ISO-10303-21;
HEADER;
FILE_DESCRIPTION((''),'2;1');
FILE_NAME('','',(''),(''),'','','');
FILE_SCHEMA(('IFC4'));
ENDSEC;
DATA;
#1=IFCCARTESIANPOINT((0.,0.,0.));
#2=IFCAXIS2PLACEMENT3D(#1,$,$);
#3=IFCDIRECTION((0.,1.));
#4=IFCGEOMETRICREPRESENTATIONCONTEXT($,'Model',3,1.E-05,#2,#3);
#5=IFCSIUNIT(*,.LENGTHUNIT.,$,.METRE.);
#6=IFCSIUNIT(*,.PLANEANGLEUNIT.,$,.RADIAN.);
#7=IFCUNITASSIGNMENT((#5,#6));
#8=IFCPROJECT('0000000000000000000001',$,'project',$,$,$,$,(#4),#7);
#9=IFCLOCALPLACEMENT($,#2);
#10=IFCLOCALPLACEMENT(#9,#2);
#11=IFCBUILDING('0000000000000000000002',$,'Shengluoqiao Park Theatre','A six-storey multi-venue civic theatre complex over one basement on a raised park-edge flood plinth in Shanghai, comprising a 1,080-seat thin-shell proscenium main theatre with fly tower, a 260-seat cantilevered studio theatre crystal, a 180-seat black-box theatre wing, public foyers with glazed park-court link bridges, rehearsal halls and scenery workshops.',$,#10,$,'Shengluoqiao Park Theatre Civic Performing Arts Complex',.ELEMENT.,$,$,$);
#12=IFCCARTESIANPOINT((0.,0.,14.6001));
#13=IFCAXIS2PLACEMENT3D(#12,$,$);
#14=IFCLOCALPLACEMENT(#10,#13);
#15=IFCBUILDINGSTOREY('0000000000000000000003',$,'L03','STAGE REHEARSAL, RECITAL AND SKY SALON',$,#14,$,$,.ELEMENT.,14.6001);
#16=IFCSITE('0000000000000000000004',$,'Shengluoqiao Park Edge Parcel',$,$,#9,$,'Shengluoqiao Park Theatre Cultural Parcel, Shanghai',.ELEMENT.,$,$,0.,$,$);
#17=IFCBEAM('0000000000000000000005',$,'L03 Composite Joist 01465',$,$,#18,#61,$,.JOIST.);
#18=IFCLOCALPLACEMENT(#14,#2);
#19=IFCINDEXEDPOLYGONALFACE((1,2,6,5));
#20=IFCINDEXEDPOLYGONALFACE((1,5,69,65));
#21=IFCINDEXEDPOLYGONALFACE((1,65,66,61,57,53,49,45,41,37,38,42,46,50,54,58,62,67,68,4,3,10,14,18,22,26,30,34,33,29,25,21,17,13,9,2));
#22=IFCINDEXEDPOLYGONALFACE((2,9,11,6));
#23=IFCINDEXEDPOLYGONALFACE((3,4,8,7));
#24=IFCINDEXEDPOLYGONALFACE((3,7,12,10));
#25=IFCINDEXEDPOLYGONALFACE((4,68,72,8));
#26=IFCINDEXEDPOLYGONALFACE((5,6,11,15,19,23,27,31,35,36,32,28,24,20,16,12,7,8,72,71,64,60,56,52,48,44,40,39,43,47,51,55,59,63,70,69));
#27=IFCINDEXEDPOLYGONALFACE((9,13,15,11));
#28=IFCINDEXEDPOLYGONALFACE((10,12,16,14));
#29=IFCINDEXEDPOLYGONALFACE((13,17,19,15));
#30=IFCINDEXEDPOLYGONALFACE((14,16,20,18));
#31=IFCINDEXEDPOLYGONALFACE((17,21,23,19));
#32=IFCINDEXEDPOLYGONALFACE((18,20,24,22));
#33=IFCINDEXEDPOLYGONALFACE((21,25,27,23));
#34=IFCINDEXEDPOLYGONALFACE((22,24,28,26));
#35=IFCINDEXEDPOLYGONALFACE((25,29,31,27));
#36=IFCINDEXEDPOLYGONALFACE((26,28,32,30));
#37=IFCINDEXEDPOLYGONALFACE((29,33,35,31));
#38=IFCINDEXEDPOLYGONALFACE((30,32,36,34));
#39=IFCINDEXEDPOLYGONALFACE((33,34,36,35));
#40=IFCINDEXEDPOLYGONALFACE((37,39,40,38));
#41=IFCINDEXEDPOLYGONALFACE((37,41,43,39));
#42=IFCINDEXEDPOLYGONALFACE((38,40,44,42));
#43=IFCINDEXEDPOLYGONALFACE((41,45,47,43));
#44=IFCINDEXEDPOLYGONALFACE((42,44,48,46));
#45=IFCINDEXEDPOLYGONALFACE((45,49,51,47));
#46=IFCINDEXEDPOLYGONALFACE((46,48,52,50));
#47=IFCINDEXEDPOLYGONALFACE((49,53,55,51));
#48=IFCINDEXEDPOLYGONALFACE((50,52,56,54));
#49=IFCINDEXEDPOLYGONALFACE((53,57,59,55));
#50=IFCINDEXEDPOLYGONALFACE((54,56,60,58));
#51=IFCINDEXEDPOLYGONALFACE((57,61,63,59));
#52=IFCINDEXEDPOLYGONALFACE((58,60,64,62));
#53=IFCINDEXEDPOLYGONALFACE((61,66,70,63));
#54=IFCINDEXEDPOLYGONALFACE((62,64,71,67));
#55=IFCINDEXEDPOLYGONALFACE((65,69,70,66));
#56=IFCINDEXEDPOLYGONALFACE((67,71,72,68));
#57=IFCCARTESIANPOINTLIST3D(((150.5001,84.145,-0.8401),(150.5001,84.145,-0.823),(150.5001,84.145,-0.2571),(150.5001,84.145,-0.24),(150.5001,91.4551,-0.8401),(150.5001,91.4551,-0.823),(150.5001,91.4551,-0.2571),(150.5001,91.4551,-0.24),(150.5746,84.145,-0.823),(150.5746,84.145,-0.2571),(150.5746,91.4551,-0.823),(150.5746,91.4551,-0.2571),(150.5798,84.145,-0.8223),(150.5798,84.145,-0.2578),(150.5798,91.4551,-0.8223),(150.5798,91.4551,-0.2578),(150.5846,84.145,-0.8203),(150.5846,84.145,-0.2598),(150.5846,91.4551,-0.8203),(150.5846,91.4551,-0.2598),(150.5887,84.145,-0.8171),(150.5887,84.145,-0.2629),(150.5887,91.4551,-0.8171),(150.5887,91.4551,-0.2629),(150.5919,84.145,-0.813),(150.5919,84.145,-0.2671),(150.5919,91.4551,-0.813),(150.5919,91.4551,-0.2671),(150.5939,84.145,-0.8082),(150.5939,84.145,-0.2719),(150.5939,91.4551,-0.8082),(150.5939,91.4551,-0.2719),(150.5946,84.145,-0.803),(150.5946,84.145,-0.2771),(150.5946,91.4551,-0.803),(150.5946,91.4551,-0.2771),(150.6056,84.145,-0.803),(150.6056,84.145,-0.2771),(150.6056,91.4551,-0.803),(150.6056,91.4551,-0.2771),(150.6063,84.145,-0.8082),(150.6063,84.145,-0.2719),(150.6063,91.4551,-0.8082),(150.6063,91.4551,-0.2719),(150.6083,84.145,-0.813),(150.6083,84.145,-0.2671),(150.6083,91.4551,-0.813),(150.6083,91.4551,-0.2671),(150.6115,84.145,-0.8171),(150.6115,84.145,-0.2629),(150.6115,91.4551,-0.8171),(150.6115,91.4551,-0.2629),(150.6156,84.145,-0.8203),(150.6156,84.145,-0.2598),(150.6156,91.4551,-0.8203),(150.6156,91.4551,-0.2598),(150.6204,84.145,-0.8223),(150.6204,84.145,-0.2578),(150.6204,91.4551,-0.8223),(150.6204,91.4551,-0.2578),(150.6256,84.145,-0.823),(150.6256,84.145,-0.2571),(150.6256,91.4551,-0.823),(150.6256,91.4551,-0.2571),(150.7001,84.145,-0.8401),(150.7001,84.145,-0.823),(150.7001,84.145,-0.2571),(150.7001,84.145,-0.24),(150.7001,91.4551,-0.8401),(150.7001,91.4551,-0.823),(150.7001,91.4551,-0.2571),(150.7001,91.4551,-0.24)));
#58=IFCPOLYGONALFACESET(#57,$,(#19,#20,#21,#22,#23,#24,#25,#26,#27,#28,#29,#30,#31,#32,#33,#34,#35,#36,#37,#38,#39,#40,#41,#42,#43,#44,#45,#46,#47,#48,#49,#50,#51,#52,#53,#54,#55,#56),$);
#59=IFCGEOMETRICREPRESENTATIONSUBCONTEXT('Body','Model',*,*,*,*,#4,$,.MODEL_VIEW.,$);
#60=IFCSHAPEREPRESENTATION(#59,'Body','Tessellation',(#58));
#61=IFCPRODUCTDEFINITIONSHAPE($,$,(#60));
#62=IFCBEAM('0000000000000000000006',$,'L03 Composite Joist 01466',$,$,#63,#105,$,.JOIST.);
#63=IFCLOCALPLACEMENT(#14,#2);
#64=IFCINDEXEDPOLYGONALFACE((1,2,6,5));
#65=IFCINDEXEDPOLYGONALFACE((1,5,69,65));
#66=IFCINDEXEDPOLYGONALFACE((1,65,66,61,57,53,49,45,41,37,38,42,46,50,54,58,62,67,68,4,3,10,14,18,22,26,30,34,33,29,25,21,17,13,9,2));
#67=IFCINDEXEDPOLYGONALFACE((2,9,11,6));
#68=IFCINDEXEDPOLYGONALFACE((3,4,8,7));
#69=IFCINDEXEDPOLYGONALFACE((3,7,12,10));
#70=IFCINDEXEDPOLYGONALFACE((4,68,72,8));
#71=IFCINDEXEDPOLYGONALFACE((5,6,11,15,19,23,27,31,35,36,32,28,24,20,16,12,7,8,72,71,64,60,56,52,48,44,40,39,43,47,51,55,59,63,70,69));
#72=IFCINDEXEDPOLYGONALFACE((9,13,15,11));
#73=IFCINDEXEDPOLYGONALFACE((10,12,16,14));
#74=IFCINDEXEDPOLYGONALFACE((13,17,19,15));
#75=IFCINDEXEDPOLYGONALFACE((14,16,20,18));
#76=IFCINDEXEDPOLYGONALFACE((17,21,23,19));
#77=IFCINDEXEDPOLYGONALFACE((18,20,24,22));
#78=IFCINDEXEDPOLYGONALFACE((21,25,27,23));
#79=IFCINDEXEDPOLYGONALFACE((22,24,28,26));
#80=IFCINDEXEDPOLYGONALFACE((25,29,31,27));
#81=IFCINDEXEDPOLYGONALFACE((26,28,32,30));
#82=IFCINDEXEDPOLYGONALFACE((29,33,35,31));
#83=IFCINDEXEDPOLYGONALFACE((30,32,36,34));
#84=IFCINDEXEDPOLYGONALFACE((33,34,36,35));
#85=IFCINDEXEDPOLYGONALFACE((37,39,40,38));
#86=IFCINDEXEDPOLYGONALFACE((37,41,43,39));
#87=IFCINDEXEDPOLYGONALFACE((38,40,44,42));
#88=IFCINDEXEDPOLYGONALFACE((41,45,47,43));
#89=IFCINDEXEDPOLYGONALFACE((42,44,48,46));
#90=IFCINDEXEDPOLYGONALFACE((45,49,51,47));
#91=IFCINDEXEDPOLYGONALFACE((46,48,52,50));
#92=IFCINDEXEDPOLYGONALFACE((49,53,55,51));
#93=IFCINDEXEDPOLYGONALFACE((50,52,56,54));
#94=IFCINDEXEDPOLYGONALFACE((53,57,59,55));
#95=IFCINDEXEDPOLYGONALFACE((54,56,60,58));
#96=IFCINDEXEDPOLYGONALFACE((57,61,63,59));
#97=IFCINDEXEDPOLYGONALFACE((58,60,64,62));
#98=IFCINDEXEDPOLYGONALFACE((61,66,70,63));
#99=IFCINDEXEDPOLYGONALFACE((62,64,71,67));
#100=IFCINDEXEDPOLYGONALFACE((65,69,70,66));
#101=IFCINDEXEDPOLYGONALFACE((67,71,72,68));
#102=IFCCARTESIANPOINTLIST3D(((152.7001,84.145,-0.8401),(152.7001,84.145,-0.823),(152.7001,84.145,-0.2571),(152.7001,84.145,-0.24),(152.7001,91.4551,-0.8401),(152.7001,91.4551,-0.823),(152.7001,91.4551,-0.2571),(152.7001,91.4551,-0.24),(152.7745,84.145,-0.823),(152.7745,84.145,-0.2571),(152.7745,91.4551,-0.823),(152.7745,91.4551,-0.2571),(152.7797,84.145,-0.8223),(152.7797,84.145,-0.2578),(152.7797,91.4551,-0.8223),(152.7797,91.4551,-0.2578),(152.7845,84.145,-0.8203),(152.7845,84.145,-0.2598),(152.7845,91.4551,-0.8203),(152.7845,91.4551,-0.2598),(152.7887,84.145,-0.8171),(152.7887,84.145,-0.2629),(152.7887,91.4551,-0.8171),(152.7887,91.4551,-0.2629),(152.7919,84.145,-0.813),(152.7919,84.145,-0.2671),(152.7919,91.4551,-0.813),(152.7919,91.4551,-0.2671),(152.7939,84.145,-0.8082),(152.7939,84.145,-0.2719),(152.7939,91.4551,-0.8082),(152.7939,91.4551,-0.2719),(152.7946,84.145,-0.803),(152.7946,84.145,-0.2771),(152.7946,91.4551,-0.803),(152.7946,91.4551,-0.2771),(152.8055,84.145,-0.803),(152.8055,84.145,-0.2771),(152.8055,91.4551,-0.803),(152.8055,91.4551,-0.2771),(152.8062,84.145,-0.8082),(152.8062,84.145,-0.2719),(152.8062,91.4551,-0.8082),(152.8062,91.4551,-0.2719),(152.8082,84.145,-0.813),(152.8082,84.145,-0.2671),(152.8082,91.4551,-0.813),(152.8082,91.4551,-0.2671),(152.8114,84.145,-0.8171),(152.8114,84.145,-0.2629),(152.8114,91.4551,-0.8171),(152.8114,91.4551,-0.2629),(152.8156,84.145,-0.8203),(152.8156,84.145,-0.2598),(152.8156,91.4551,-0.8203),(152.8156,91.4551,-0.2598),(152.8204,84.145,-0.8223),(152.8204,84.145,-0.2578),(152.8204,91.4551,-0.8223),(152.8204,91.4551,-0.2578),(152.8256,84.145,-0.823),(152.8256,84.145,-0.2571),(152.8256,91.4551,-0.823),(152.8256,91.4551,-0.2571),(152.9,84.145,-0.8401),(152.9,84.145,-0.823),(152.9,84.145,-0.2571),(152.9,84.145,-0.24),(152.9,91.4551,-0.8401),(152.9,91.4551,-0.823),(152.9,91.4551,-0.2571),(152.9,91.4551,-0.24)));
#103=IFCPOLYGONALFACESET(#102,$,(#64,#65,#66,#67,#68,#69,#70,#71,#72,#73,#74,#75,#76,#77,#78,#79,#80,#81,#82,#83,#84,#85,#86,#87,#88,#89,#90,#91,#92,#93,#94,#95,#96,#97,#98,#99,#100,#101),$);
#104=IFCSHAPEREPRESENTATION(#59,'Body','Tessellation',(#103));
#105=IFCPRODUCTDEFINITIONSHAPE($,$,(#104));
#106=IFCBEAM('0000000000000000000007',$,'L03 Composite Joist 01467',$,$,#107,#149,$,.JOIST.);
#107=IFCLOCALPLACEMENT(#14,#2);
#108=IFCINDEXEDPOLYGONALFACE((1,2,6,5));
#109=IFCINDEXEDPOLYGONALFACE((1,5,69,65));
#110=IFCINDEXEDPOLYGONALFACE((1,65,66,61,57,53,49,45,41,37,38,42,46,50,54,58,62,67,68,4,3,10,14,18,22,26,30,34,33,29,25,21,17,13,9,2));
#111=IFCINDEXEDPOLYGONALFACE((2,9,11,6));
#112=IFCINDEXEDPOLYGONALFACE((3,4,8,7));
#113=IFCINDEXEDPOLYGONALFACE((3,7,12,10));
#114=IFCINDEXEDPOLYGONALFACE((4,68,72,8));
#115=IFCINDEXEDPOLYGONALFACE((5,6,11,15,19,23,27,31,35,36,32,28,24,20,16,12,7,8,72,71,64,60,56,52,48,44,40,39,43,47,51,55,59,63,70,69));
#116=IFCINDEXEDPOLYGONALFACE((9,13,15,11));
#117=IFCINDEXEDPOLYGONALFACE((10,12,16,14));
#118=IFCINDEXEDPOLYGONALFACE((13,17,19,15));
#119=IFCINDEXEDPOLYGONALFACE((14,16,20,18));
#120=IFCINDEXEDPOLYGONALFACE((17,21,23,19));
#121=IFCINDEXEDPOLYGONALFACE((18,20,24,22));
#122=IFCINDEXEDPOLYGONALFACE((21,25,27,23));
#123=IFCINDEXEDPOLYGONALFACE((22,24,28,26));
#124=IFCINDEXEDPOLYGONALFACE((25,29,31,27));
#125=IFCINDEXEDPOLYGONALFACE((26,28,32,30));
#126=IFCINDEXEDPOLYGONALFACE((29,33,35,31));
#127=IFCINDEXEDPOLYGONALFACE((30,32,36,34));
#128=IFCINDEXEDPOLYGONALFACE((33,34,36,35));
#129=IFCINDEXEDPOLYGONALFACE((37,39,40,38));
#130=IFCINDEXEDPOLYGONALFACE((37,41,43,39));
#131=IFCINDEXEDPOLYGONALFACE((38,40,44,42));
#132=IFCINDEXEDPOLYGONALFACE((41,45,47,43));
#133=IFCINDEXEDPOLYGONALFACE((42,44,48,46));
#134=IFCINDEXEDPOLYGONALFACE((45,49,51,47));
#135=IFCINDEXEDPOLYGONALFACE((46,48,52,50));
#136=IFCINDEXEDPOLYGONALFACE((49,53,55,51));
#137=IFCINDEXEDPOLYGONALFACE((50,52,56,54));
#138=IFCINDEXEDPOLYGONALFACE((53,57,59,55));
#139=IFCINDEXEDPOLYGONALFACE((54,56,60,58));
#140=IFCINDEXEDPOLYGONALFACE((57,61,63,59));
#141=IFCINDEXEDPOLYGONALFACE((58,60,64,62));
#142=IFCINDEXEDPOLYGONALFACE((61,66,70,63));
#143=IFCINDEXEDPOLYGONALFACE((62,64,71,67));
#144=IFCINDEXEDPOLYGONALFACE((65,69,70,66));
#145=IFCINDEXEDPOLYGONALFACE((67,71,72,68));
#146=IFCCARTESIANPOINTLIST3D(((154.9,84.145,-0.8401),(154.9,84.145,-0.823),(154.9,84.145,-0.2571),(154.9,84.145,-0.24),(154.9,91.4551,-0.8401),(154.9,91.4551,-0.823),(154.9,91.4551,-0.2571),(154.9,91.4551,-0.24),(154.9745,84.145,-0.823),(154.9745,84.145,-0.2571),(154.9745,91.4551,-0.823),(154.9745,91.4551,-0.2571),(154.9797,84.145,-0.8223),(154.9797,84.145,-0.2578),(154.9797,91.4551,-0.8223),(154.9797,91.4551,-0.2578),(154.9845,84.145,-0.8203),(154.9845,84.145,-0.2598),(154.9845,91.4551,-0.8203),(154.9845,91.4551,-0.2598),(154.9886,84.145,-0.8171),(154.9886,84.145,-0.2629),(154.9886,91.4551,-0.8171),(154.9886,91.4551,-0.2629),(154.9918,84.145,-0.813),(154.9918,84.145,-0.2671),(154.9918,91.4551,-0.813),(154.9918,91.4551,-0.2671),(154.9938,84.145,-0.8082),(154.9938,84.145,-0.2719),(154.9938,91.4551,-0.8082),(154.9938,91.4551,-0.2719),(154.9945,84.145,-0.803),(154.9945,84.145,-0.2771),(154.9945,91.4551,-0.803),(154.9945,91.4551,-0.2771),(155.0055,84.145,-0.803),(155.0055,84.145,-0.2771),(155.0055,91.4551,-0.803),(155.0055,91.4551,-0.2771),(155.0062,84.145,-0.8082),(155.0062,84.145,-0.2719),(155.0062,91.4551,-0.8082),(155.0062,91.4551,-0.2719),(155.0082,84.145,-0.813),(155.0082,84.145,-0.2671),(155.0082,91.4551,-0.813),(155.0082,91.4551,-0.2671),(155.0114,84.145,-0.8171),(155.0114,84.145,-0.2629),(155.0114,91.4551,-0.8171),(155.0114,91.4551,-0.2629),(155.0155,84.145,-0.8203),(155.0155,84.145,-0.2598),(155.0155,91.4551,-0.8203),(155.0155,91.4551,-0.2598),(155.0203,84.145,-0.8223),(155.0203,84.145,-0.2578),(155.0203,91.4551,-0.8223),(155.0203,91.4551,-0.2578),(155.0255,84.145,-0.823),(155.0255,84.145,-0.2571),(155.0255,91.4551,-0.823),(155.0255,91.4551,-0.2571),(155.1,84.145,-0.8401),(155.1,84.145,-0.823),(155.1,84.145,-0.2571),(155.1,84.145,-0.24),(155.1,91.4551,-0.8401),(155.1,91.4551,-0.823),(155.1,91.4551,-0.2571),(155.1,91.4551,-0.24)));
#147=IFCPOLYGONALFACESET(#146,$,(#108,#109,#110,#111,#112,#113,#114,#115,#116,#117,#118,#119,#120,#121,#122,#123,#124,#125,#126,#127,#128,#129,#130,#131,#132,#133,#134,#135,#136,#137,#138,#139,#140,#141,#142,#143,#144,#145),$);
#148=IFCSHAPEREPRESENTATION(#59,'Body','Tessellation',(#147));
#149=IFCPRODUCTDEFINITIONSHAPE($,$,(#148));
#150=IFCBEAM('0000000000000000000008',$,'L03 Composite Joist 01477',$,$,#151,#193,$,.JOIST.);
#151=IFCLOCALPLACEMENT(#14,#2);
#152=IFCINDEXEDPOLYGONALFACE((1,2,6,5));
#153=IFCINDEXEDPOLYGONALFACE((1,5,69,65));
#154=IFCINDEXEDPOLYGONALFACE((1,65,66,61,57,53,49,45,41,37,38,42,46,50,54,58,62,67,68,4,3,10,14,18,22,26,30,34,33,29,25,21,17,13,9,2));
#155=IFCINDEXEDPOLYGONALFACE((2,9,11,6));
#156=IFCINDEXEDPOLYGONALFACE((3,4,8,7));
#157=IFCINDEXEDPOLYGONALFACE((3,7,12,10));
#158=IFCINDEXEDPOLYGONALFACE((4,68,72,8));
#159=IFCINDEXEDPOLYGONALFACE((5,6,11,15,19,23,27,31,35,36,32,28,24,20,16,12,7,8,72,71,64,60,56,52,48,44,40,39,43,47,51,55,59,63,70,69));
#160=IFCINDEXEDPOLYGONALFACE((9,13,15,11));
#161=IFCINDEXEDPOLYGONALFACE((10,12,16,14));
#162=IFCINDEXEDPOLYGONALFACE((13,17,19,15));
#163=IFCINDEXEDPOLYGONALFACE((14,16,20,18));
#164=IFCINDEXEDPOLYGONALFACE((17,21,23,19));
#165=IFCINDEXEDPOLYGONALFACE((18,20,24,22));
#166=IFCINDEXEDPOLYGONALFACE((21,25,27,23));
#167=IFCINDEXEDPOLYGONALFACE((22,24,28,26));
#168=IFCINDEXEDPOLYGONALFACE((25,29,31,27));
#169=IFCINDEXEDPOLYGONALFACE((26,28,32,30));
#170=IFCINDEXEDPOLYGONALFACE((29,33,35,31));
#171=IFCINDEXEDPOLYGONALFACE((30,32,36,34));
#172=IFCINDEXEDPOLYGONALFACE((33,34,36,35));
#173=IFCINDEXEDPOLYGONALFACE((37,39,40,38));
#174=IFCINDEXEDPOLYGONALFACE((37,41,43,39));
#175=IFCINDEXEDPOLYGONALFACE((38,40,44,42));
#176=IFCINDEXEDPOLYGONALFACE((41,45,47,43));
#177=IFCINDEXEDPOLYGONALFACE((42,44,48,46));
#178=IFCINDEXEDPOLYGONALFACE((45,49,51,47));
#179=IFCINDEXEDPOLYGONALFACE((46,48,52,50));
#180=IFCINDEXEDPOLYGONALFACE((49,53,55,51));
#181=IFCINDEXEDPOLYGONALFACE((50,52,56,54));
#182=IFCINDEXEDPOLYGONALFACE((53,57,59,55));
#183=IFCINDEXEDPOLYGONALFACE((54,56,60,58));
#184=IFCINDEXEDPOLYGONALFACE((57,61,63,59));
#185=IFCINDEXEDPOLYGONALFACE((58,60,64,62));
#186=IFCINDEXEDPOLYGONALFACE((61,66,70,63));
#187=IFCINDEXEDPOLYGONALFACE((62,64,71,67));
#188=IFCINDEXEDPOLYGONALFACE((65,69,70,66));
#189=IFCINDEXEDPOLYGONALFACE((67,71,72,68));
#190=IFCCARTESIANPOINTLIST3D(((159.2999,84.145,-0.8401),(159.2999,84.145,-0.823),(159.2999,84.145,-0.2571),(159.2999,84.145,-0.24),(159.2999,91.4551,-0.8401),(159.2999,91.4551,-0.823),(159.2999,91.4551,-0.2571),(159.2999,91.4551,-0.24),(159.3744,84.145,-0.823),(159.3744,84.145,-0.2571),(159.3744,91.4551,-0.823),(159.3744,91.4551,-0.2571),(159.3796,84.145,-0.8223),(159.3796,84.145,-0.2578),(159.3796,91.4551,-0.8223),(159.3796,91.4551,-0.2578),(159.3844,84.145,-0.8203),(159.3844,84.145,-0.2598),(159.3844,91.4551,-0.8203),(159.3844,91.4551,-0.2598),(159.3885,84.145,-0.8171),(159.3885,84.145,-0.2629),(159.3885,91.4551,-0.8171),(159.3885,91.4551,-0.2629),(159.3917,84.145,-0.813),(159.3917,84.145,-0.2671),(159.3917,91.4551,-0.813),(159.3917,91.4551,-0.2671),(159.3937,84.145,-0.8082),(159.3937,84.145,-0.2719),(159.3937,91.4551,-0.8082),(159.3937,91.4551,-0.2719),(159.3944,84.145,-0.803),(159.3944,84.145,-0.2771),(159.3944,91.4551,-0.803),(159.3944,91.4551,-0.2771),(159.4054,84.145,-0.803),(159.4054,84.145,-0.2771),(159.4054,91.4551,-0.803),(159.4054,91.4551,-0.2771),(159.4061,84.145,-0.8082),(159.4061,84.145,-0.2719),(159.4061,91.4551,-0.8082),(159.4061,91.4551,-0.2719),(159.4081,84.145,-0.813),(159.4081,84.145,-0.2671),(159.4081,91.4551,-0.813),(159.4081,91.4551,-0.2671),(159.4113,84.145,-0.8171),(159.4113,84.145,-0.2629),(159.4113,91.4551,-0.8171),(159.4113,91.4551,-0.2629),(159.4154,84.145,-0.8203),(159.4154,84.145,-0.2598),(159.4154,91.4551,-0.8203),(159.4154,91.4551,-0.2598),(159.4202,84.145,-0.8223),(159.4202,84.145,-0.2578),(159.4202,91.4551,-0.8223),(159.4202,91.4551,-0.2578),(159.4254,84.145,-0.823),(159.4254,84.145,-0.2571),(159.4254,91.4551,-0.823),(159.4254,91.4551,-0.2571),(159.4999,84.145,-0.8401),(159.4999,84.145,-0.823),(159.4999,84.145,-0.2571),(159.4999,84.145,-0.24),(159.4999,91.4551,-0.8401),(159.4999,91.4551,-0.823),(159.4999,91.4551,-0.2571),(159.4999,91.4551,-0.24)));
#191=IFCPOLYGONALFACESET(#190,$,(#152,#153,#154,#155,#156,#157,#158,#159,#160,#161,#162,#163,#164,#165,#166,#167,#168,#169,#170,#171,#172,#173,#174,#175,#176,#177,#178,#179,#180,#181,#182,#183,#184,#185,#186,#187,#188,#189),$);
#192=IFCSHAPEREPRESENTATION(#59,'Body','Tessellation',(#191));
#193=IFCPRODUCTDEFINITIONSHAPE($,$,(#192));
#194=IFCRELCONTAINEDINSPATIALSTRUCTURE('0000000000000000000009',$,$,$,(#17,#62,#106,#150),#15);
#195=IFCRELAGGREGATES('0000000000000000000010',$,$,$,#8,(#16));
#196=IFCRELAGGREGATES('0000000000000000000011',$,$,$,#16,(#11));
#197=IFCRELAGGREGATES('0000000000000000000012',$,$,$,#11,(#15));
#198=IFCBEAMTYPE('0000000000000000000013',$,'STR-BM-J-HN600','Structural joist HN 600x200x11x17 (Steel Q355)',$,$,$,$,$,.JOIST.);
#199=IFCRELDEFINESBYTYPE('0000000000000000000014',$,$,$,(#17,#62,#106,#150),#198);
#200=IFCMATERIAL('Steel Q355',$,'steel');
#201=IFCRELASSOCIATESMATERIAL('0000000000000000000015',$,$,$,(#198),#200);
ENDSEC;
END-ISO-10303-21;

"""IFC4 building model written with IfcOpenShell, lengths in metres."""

from ifc_helpers import new_model, si_unit, direction, frame, origin, origin_2d, place, context, subcontext, project, spatial, i_section, extrude, material, material_profile, profile_set, type_object, element, save


model = new_model("IFC4")

# Units and contexts
model_context = context("Model", 3, precision=1e-05, world=origin(), true_north=direction((0.0, 1.0)))
body_context = subcontext(model_context, "Body", "Model", "MODEL_VIEW")
ifc_project = project(units=[si_unit("LENGTHUNIT", "METRE"), si_unit("PLANEANGLEUNIT", "RADIAN")], contexts=[model_context])

# Site, building, storey
site_placement = place(None, origin())
site = spatial("IfcSite", under=ifc_project, at=site_placement, Name="Shengluoqiao Park Edge Parcel", LongName="Shengluoqiao Park Theatre Cultural Parcel, Shanghai", CompositionType="ELEMENT", RefElevation=0.0)
building_placement = place(site_placement, origin())
building = spatial("IfcBuilding", under=site, at=building_placement, Name="Shengluoqiao Park Theatre", Description="A six-storey multi-venue civic theatre complex over one basement on a raised park-edge flood plinth in Shanghai, comprising a 1,080-seat thin-shell proscenium main theatre with fly tower, a 260-seat cantilevered studio theatre crystal, a 180-seat black-box theatre wing, public foyers with glazed park-court link bridges, rehearsal halls and scenery workshops.", LongName="Shengluoqiao Park Theatre Civic Performing Arts Complex", CompositionType="ELEMENT")
storey_placement = place(building_placement, frame((0.0, 0.0, 14.6001)))
storey = spatial("IfcBuildingStorey", under=building, at=storey_placement, Name="L03", Description="STAGE REHEARSAL, RECITAL AND SKY SALON", CompositionType="ELEMENT", Elevation=14.6001)

# Beams
ifc_material_1 = material(Name="Steel Q355", Category="steel")
ifc_material_profile_1 = material_profile(ifc_material_1, i_section(OverallWidth=0.2, OverallDepth=0.6001, WebThickness=0.011, FlangeThickness=0.0171, FilletRadius=0.02, at=origin_2d()), Name="HN 600x200x11x17")
ifc_profile_set_1 = profile_set([ifc_material_profile_1], Name="Steel Q355")
beam_type_1 = type_object("IfcBeamType", Name="STR-BM-J-HN600", Description="Structural joist HN 600x200x11x17 (Steel Q355)", PredefinedType="JOIST", material=ifc_profile_set_1)
for number, where, z_axis, x_axis, name in (
    (1, (150.6001, 84.145, -0.54), (0.0, 1.0, 0.0), (-1.0, 0.0, 0.0), "L03 Composite Joist 01465"),
    (2, (152.8, 84.145, -0.54), (0.0, 1.0, 0.0), (-1.0, 0.0, 0.0), "L03 Composite Joist 01466"),
    (3, (155.0, 84.145, -0.54), (0.0, 1.0, 0.0), (-1.0, 0.0, 0.0), "L03 Composite Joist 01467"),
    (4, (159.3999, 84.145, -0.54), (0.0, 1.0, 0.0), (-1.0, 0.0, 0.0), "L03 Composite Joist 01477"),
):
    element("IfcBeam", number, at=place(storey_placement, frame(where, z_axis=z_axis, x_axis=x_axis)), inside=storey, type_object=beam_type_1, Name=name, PredefinedType="JOIST", context=body_context, shape_type="SweptSolid", body=[
        extrude(i_section(OverallWidth=0.2, OverallDepth=0.6001, WebThickness=0.011, FlangeThickness=0.0171, FilletRadius=0.02, at=origin_2d()), origin(), (0.0, 0.0, 1.0), 7.3101),
    ])

save(model, "model.ifc")
